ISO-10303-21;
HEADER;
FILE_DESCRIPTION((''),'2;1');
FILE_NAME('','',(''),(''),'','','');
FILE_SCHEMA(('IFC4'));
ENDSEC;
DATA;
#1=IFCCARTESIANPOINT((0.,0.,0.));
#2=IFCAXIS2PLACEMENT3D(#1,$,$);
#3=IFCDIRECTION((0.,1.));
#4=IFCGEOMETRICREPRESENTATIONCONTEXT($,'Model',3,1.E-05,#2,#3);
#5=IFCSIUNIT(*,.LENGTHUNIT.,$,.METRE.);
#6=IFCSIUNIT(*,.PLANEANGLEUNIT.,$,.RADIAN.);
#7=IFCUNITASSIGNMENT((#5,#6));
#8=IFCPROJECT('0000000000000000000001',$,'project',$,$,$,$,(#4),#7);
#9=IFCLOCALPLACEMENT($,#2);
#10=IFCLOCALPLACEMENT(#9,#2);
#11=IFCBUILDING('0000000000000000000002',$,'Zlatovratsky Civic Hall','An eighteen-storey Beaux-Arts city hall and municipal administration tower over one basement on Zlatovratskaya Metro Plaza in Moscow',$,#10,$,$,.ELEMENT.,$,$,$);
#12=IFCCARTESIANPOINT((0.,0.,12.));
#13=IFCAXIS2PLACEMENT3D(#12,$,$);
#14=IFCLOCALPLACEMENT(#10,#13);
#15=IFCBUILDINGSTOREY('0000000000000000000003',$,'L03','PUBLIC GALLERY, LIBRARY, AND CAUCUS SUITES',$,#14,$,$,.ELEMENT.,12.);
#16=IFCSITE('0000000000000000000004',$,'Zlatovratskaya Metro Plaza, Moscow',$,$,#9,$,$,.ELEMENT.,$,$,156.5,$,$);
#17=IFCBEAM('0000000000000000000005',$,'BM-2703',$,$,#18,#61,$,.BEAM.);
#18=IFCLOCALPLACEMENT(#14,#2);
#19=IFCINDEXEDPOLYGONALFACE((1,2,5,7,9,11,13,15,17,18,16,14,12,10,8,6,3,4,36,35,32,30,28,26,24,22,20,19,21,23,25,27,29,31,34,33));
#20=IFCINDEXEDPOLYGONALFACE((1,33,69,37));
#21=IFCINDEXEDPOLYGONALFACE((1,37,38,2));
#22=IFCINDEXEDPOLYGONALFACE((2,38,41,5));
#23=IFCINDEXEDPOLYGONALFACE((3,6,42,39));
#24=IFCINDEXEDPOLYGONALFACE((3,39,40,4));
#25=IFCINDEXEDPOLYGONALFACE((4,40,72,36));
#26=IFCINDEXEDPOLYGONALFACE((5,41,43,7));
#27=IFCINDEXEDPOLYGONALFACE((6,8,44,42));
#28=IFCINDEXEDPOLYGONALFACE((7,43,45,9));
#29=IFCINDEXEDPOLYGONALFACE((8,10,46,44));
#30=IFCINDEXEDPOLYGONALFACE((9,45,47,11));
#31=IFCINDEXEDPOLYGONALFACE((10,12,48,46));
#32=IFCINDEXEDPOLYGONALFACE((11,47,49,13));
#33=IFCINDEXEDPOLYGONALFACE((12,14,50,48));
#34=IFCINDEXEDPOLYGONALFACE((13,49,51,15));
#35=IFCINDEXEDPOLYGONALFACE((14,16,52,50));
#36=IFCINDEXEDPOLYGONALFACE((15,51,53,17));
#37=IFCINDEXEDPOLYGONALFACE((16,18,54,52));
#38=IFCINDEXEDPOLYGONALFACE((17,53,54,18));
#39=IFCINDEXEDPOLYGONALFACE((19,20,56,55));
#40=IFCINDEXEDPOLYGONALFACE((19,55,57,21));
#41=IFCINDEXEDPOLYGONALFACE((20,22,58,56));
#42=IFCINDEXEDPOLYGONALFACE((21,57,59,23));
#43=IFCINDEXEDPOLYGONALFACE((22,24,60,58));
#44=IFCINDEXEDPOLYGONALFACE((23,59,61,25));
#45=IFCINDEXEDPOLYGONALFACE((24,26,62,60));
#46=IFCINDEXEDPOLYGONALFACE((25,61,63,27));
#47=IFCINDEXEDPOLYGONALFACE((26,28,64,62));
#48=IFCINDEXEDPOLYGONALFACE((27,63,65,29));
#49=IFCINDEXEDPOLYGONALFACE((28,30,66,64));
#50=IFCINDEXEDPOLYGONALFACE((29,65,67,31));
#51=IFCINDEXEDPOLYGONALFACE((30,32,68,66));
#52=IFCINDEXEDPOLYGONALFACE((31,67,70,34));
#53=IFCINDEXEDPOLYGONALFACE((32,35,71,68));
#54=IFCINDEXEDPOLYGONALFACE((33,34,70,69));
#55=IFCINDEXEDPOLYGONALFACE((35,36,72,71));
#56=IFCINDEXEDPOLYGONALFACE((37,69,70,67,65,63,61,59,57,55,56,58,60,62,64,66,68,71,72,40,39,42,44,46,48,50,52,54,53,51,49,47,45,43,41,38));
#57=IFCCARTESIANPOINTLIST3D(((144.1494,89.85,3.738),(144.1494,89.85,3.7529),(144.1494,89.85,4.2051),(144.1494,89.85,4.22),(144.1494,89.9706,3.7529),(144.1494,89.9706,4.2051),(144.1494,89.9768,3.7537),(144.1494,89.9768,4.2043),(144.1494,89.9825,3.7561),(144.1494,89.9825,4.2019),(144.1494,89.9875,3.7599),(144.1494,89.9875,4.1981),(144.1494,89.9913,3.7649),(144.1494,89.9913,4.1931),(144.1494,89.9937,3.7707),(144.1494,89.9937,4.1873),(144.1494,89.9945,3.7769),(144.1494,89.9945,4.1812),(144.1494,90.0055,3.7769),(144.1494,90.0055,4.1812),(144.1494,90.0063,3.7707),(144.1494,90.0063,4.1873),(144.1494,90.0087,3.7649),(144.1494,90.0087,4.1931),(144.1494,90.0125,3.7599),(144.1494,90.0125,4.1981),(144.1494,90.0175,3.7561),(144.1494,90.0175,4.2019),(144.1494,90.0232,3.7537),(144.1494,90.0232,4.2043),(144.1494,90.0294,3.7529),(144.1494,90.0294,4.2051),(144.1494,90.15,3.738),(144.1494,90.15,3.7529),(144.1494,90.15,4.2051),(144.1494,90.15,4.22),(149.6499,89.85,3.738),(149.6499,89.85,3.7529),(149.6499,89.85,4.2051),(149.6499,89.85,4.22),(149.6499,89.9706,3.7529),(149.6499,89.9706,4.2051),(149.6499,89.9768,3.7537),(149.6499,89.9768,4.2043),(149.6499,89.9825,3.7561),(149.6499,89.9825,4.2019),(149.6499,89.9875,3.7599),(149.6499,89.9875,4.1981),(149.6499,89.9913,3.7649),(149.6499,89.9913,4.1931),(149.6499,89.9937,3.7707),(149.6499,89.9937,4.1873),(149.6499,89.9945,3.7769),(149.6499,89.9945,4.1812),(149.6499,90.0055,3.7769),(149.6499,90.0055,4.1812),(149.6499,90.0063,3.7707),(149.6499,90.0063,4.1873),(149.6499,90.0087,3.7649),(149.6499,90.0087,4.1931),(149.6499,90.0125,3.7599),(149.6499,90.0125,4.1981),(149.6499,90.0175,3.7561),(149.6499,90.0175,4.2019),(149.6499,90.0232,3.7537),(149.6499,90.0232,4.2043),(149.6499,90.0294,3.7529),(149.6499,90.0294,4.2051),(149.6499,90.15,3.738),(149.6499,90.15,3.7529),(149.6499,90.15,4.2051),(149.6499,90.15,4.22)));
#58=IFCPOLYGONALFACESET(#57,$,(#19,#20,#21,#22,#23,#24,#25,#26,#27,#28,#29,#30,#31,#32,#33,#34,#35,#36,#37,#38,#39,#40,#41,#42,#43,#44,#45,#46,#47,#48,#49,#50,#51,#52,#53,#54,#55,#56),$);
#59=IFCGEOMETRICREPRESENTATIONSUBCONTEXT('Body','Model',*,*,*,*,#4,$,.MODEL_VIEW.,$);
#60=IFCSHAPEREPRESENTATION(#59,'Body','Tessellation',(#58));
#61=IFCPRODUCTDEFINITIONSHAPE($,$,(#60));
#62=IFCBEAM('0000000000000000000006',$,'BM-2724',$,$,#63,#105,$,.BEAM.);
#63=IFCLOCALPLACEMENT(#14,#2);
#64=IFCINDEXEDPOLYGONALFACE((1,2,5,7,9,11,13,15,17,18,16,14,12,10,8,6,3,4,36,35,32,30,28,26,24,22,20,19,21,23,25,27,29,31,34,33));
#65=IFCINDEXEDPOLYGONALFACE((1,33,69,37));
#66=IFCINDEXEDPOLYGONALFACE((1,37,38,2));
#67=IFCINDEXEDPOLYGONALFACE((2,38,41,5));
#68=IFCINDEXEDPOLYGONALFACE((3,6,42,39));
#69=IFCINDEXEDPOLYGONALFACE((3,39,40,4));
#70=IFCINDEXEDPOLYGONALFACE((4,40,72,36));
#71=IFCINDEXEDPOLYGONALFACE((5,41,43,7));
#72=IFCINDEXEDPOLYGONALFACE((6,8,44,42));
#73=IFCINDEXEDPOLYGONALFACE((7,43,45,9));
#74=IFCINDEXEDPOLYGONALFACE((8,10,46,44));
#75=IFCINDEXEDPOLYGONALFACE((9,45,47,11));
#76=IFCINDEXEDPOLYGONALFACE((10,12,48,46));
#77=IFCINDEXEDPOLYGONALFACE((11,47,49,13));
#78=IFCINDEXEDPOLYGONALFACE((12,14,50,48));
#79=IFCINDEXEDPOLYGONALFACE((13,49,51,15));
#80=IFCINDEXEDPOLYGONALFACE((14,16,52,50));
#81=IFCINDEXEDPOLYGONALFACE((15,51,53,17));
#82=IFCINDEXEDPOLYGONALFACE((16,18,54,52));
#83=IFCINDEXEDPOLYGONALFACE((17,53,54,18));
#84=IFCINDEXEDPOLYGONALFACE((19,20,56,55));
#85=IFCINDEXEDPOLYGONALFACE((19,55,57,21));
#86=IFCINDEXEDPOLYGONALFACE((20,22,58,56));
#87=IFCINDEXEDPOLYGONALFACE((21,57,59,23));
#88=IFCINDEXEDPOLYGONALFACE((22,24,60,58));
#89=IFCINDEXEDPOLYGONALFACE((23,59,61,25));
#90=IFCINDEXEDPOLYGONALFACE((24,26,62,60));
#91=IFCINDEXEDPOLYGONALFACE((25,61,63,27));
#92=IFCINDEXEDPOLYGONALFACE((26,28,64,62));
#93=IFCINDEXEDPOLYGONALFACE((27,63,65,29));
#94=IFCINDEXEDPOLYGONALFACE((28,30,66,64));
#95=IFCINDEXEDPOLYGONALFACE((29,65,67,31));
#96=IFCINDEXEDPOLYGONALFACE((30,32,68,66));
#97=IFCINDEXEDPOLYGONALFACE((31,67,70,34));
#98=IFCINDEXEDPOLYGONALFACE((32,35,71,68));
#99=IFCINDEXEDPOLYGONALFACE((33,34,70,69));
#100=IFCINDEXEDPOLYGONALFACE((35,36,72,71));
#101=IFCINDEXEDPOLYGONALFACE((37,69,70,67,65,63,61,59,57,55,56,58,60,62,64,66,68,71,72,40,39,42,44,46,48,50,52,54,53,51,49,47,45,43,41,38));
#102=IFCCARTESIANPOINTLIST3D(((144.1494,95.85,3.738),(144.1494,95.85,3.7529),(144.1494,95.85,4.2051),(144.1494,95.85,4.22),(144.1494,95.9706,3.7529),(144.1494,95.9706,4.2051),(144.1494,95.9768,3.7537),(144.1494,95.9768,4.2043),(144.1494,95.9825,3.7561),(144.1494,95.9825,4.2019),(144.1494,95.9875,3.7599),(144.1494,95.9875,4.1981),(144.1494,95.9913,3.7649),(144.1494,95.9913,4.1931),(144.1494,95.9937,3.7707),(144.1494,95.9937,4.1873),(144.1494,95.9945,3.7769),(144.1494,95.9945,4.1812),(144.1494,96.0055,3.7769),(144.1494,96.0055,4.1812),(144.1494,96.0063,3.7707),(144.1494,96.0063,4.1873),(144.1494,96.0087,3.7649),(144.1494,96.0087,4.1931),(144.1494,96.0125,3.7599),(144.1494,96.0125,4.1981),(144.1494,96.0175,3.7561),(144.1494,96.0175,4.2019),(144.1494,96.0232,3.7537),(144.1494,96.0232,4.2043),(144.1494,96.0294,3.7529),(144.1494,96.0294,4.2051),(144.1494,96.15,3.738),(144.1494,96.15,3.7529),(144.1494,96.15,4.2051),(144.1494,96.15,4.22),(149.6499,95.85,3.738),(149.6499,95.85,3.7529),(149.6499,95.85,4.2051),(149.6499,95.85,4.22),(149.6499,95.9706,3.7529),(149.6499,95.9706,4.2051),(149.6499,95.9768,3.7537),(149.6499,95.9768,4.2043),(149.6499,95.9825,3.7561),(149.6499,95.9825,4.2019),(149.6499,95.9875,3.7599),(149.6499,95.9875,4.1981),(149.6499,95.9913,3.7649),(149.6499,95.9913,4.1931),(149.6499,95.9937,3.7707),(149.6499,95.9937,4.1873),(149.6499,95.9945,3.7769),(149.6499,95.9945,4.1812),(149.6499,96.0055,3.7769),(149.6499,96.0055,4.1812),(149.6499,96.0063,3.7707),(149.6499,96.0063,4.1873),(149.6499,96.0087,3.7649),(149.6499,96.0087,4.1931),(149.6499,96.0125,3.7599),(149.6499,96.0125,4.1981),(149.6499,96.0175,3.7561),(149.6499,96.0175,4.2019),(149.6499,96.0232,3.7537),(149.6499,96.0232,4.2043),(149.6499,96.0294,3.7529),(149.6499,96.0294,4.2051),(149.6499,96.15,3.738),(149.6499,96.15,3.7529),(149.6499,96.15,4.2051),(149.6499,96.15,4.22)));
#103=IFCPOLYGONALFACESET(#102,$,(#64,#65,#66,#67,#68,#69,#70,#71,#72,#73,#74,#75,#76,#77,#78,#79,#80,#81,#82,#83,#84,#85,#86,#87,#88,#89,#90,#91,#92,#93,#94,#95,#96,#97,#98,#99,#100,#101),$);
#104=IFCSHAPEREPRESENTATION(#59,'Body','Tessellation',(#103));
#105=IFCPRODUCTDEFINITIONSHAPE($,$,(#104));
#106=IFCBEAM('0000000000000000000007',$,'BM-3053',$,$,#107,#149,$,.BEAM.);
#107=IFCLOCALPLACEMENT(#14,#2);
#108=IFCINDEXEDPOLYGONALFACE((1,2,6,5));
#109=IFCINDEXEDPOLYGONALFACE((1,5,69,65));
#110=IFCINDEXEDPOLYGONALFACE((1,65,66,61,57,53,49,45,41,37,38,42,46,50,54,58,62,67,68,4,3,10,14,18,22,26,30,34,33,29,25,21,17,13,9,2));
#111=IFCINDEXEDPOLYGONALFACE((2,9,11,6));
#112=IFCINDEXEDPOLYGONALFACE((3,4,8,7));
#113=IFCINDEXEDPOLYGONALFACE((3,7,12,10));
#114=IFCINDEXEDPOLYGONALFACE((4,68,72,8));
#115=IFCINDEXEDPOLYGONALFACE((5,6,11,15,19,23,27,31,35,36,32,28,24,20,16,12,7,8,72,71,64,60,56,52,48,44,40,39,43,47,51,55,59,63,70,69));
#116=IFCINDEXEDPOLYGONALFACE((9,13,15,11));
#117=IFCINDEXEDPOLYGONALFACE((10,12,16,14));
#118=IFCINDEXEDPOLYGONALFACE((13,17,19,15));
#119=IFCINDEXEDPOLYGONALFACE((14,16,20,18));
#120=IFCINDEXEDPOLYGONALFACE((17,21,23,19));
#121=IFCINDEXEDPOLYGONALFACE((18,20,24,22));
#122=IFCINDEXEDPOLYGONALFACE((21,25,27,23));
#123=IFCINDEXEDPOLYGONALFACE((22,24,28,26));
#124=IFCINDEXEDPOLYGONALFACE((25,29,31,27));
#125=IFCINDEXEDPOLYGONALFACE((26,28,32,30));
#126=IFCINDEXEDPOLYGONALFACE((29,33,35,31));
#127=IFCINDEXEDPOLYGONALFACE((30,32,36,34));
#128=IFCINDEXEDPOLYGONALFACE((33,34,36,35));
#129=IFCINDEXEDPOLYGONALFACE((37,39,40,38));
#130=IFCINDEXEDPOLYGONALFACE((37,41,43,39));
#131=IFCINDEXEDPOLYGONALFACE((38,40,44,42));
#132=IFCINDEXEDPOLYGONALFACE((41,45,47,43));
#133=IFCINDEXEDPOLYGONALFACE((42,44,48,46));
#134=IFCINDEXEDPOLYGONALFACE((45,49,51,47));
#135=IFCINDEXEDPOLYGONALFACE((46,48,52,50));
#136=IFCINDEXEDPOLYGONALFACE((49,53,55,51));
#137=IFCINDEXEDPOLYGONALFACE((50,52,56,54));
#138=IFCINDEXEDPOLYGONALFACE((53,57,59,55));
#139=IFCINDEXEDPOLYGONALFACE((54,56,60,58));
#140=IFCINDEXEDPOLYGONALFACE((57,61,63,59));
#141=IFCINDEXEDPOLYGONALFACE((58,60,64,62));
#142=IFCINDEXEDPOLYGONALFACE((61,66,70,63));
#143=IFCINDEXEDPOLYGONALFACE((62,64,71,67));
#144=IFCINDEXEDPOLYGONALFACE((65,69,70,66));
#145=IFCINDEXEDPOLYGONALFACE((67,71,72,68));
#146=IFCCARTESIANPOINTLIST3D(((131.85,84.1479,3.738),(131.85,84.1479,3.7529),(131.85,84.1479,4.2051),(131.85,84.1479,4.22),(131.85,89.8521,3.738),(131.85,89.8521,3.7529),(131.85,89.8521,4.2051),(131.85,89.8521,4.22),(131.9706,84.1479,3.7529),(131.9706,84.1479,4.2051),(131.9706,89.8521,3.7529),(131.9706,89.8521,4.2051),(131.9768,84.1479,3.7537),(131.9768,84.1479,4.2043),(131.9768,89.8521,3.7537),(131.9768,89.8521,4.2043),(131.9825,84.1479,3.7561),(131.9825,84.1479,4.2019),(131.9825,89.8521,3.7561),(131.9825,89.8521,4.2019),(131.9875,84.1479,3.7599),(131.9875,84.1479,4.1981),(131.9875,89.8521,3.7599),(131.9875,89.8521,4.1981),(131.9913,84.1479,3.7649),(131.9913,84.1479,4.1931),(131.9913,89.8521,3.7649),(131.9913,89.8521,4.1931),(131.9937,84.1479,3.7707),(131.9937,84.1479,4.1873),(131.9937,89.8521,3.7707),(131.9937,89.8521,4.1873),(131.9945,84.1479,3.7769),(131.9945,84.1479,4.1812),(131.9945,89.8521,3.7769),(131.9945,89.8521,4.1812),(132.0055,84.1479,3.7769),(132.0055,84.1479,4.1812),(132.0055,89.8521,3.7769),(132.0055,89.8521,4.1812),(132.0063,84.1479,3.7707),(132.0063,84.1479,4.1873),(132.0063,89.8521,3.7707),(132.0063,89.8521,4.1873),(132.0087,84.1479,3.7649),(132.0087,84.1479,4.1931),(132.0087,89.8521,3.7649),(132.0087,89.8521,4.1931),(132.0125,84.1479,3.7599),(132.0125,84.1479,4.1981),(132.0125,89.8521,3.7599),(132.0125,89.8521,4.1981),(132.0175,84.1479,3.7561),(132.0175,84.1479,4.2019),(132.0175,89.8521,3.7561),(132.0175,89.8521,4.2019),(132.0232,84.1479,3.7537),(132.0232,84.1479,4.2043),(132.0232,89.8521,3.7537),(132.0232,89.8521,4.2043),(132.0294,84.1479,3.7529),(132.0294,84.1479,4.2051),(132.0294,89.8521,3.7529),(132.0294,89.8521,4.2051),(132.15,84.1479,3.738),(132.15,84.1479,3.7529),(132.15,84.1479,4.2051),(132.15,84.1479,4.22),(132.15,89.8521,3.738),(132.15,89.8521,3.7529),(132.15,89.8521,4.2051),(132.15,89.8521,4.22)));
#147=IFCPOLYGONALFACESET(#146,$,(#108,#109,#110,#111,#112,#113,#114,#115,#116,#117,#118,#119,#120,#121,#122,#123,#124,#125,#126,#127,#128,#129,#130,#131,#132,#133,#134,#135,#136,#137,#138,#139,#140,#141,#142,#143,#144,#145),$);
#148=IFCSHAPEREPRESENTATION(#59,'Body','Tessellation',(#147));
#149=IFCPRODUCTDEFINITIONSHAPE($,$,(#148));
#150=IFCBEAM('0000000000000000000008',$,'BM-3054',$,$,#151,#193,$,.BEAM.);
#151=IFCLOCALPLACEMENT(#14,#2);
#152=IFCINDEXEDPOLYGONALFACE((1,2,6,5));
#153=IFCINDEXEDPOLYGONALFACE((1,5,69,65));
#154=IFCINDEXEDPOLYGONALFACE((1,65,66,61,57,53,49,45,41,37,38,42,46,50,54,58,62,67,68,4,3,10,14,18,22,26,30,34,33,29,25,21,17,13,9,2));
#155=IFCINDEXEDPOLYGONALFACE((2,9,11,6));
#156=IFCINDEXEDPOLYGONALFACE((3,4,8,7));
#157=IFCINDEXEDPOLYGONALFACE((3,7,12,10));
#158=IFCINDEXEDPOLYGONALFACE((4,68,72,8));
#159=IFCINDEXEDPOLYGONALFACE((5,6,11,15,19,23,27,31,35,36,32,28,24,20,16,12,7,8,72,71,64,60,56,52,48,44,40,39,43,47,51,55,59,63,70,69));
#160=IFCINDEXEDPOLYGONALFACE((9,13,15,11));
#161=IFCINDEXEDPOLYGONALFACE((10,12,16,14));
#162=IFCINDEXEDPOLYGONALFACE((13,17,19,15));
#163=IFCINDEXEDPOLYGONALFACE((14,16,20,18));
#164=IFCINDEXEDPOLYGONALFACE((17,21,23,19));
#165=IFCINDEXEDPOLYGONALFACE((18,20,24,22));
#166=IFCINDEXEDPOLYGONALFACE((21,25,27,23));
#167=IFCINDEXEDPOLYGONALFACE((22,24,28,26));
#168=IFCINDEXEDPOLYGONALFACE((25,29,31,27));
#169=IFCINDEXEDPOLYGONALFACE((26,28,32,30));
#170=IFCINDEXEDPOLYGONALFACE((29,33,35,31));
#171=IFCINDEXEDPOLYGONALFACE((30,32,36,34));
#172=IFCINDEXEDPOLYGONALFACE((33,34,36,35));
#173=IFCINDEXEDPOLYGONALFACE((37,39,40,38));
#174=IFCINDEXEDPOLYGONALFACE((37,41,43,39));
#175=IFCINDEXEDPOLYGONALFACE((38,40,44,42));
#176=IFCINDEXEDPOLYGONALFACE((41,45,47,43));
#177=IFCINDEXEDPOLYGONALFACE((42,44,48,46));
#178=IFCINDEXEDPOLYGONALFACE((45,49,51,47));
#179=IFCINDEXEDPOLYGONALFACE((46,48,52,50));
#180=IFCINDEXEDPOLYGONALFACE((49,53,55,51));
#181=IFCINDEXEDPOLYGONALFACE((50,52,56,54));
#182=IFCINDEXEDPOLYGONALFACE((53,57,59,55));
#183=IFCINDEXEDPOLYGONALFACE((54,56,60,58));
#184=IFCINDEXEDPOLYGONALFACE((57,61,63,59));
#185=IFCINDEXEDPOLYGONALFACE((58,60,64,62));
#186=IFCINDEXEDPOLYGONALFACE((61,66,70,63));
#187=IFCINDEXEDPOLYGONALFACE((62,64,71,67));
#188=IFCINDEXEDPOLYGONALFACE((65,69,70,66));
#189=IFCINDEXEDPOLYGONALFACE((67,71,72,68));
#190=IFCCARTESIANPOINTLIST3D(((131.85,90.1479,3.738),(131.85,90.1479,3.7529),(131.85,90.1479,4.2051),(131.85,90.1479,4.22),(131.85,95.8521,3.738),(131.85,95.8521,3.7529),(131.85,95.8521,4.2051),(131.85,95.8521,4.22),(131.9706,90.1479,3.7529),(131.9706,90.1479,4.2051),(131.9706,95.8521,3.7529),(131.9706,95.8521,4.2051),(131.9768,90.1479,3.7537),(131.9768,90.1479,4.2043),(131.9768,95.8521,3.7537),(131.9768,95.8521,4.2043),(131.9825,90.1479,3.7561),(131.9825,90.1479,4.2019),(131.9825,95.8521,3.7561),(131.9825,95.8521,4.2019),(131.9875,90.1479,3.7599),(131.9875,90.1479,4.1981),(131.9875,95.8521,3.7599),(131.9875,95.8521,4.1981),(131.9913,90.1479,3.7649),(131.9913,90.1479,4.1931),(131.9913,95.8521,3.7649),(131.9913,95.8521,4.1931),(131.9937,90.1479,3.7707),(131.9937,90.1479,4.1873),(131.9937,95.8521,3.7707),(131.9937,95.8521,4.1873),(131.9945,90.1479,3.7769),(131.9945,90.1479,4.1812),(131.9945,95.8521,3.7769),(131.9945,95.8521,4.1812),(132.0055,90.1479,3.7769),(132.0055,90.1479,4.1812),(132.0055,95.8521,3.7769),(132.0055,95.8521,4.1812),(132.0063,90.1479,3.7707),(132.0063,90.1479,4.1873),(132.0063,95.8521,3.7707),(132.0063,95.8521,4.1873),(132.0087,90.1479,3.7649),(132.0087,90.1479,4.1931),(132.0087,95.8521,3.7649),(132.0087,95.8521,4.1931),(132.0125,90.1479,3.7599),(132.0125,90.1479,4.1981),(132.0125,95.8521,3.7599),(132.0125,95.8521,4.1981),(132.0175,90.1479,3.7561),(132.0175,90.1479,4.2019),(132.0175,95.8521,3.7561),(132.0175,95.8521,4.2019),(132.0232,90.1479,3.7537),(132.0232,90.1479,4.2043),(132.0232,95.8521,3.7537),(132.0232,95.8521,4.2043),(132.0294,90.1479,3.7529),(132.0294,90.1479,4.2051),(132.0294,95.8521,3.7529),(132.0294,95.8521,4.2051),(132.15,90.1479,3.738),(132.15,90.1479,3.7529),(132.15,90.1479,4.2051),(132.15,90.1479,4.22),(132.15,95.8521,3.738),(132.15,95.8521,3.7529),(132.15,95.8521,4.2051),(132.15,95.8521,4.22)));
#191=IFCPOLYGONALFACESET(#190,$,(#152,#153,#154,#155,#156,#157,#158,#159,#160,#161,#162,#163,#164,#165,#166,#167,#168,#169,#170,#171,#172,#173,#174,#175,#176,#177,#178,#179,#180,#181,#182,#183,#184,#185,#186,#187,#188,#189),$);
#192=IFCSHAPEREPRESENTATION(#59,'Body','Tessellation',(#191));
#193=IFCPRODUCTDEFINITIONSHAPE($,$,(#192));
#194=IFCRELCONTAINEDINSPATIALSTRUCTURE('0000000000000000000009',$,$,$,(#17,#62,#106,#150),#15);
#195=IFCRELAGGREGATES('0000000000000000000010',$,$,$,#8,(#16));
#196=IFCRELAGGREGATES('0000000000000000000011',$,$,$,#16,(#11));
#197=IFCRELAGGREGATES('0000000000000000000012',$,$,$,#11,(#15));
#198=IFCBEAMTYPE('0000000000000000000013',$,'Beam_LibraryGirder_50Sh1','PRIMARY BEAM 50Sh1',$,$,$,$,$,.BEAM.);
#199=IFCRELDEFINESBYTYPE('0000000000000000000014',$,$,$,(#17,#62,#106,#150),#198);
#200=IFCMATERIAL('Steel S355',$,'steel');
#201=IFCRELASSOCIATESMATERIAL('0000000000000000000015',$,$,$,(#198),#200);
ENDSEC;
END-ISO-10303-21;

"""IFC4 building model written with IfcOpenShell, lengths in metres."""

from ifc_helpers import new_model, si_unit, direction, frame, origin, origin_2d, place, context, subcontext, project, spatial, i_section, extrude, material, material_profile, profile_set, type_object, element, save


model = new_model("IFC4")

# Units and contexts
model_context = context("Model", 3, precision=1e-05, world=origin(), true_north=direction((0.0, 1.0)))
body_context = subcontext(model_context, "Body", "Model", "MODEL_VIEW")
ifc_project = project(units=[si_unit("LENGTHUNIT", "METRE"), si_unit("PLANEANGLEUNIT", "RADIAN")], contexts=[model_context])

# Site, building, storey
site_placement = place(None, origin())
site = spatial("IfcSite", under=ifc_project, at=site_placement, Name="Zlatovratskaya Metro Plaza, Moscow", CompositionType="ELEMENT", RefElevation=156.5)
building_placement = place(site_placement, origin())
building = spatial("IfcBuilding", under=site, at=building_placement, Name="Zlatovratsky Civic Hall", Description="An eighteen-storey Beaux-Arts city hall and municipal administration tower over one basement on Zlatovratskaya Metro Plaza in Moscow", CompositionType="ELEMENT")
storey_placement = place(building_placement, frame((0.0, 0.0, 12.0)))
storey = spatial("IfcBuildingStorey", under=building, at=storey_placement, Name="L03", Description="PUBLIC GALLERY, LIBRARY, AND CAUCUS SUITES", CompositionType="ELEMENT", Elevation=12.0)

# Shared definitions
ifc_material_1 = material(Name="Steel S355", Category="steel")

# Beams
ifc_material_profile_1 = material_profile(ifc_material_1, i_section(OverallWidth=0.3, OverallDepth=0.4819, WebThickness=0.011, FlangeThickness=0.0149, FilletRadius=0.0239, at=origin_2d()), Name="50Sh1")
ifc_profile_set_1 = profile_set([ifc_material_profile_1], Name="Steel S355")
beam_type_1 = type_object("IfcBeamType", Name="Beam_LibraryGirder_50Sh1", Description="PRIMARY BEAM 50Sh1", PredefinedType="BEAM", material=ifc_profile_set_1)
for number, where, z_axis, x_axis, name in (
    (1, (144.1494, 90.0, 3.979), (1.0, 0.0, 0.0), (0.0, 1.0, 0.0), "BM-2703"),
    (2, (144.1494, 96.0, 3.979), (1.0, 0.0, 0.0), (0.0, 1.0, 0.0), "BM-2724"),
):
    element("IfcBeam", number, at=place(storey_placement, frame(where, z_axis=z_axis, x_axis=x_axis)), inside=storey, type_object=beam_type_1, Name=name, PredefinedType="BEAM", context=body_context, shape_type="SweptSolid", body=[
        extrude(i_section(OverallWidth=0.3, OverallDepth=0.4819, WebThickness=0.011, FlangeThickness=0.0149, FilletRadius=0.0239, at=origin_2d()), origin(), (0.0, 0.0, 1.0), 5.5005),
    ])
for number, where, z_axis, x_axis, name in (
    (3, (132.0, 84.1479, 3.979), (0.0, 1.0, 0.0), (-1.0, 0.0, 0.0), "BM-3053"),
    (4, (132.0, 90.1479, 3.979), (0.0, 1.0, 0.0), (-1.0, 0.0, 0.0), "BM-3054"),
):
    element("IfcBeam", number, at=place(storey_placement, frame(where, z_axis=z_axis, x_axis=x_axis)), inside=storey, type_object=beam_type_1, Name=name, PredefinedType="BEAM", context=body_context, shape_type="SweptSolid", body=[
        extrude(i_section(OverallWidth=0.3, OverallDepth=0.4819, WebThickness=0.011, FlangeThickness=0.0149, FilletRadius=0.0239, at=origin_2d()), origin(), (0.0, 0.0, 1.0), 5.7041),
    ])

save(model, "model.ifc")
